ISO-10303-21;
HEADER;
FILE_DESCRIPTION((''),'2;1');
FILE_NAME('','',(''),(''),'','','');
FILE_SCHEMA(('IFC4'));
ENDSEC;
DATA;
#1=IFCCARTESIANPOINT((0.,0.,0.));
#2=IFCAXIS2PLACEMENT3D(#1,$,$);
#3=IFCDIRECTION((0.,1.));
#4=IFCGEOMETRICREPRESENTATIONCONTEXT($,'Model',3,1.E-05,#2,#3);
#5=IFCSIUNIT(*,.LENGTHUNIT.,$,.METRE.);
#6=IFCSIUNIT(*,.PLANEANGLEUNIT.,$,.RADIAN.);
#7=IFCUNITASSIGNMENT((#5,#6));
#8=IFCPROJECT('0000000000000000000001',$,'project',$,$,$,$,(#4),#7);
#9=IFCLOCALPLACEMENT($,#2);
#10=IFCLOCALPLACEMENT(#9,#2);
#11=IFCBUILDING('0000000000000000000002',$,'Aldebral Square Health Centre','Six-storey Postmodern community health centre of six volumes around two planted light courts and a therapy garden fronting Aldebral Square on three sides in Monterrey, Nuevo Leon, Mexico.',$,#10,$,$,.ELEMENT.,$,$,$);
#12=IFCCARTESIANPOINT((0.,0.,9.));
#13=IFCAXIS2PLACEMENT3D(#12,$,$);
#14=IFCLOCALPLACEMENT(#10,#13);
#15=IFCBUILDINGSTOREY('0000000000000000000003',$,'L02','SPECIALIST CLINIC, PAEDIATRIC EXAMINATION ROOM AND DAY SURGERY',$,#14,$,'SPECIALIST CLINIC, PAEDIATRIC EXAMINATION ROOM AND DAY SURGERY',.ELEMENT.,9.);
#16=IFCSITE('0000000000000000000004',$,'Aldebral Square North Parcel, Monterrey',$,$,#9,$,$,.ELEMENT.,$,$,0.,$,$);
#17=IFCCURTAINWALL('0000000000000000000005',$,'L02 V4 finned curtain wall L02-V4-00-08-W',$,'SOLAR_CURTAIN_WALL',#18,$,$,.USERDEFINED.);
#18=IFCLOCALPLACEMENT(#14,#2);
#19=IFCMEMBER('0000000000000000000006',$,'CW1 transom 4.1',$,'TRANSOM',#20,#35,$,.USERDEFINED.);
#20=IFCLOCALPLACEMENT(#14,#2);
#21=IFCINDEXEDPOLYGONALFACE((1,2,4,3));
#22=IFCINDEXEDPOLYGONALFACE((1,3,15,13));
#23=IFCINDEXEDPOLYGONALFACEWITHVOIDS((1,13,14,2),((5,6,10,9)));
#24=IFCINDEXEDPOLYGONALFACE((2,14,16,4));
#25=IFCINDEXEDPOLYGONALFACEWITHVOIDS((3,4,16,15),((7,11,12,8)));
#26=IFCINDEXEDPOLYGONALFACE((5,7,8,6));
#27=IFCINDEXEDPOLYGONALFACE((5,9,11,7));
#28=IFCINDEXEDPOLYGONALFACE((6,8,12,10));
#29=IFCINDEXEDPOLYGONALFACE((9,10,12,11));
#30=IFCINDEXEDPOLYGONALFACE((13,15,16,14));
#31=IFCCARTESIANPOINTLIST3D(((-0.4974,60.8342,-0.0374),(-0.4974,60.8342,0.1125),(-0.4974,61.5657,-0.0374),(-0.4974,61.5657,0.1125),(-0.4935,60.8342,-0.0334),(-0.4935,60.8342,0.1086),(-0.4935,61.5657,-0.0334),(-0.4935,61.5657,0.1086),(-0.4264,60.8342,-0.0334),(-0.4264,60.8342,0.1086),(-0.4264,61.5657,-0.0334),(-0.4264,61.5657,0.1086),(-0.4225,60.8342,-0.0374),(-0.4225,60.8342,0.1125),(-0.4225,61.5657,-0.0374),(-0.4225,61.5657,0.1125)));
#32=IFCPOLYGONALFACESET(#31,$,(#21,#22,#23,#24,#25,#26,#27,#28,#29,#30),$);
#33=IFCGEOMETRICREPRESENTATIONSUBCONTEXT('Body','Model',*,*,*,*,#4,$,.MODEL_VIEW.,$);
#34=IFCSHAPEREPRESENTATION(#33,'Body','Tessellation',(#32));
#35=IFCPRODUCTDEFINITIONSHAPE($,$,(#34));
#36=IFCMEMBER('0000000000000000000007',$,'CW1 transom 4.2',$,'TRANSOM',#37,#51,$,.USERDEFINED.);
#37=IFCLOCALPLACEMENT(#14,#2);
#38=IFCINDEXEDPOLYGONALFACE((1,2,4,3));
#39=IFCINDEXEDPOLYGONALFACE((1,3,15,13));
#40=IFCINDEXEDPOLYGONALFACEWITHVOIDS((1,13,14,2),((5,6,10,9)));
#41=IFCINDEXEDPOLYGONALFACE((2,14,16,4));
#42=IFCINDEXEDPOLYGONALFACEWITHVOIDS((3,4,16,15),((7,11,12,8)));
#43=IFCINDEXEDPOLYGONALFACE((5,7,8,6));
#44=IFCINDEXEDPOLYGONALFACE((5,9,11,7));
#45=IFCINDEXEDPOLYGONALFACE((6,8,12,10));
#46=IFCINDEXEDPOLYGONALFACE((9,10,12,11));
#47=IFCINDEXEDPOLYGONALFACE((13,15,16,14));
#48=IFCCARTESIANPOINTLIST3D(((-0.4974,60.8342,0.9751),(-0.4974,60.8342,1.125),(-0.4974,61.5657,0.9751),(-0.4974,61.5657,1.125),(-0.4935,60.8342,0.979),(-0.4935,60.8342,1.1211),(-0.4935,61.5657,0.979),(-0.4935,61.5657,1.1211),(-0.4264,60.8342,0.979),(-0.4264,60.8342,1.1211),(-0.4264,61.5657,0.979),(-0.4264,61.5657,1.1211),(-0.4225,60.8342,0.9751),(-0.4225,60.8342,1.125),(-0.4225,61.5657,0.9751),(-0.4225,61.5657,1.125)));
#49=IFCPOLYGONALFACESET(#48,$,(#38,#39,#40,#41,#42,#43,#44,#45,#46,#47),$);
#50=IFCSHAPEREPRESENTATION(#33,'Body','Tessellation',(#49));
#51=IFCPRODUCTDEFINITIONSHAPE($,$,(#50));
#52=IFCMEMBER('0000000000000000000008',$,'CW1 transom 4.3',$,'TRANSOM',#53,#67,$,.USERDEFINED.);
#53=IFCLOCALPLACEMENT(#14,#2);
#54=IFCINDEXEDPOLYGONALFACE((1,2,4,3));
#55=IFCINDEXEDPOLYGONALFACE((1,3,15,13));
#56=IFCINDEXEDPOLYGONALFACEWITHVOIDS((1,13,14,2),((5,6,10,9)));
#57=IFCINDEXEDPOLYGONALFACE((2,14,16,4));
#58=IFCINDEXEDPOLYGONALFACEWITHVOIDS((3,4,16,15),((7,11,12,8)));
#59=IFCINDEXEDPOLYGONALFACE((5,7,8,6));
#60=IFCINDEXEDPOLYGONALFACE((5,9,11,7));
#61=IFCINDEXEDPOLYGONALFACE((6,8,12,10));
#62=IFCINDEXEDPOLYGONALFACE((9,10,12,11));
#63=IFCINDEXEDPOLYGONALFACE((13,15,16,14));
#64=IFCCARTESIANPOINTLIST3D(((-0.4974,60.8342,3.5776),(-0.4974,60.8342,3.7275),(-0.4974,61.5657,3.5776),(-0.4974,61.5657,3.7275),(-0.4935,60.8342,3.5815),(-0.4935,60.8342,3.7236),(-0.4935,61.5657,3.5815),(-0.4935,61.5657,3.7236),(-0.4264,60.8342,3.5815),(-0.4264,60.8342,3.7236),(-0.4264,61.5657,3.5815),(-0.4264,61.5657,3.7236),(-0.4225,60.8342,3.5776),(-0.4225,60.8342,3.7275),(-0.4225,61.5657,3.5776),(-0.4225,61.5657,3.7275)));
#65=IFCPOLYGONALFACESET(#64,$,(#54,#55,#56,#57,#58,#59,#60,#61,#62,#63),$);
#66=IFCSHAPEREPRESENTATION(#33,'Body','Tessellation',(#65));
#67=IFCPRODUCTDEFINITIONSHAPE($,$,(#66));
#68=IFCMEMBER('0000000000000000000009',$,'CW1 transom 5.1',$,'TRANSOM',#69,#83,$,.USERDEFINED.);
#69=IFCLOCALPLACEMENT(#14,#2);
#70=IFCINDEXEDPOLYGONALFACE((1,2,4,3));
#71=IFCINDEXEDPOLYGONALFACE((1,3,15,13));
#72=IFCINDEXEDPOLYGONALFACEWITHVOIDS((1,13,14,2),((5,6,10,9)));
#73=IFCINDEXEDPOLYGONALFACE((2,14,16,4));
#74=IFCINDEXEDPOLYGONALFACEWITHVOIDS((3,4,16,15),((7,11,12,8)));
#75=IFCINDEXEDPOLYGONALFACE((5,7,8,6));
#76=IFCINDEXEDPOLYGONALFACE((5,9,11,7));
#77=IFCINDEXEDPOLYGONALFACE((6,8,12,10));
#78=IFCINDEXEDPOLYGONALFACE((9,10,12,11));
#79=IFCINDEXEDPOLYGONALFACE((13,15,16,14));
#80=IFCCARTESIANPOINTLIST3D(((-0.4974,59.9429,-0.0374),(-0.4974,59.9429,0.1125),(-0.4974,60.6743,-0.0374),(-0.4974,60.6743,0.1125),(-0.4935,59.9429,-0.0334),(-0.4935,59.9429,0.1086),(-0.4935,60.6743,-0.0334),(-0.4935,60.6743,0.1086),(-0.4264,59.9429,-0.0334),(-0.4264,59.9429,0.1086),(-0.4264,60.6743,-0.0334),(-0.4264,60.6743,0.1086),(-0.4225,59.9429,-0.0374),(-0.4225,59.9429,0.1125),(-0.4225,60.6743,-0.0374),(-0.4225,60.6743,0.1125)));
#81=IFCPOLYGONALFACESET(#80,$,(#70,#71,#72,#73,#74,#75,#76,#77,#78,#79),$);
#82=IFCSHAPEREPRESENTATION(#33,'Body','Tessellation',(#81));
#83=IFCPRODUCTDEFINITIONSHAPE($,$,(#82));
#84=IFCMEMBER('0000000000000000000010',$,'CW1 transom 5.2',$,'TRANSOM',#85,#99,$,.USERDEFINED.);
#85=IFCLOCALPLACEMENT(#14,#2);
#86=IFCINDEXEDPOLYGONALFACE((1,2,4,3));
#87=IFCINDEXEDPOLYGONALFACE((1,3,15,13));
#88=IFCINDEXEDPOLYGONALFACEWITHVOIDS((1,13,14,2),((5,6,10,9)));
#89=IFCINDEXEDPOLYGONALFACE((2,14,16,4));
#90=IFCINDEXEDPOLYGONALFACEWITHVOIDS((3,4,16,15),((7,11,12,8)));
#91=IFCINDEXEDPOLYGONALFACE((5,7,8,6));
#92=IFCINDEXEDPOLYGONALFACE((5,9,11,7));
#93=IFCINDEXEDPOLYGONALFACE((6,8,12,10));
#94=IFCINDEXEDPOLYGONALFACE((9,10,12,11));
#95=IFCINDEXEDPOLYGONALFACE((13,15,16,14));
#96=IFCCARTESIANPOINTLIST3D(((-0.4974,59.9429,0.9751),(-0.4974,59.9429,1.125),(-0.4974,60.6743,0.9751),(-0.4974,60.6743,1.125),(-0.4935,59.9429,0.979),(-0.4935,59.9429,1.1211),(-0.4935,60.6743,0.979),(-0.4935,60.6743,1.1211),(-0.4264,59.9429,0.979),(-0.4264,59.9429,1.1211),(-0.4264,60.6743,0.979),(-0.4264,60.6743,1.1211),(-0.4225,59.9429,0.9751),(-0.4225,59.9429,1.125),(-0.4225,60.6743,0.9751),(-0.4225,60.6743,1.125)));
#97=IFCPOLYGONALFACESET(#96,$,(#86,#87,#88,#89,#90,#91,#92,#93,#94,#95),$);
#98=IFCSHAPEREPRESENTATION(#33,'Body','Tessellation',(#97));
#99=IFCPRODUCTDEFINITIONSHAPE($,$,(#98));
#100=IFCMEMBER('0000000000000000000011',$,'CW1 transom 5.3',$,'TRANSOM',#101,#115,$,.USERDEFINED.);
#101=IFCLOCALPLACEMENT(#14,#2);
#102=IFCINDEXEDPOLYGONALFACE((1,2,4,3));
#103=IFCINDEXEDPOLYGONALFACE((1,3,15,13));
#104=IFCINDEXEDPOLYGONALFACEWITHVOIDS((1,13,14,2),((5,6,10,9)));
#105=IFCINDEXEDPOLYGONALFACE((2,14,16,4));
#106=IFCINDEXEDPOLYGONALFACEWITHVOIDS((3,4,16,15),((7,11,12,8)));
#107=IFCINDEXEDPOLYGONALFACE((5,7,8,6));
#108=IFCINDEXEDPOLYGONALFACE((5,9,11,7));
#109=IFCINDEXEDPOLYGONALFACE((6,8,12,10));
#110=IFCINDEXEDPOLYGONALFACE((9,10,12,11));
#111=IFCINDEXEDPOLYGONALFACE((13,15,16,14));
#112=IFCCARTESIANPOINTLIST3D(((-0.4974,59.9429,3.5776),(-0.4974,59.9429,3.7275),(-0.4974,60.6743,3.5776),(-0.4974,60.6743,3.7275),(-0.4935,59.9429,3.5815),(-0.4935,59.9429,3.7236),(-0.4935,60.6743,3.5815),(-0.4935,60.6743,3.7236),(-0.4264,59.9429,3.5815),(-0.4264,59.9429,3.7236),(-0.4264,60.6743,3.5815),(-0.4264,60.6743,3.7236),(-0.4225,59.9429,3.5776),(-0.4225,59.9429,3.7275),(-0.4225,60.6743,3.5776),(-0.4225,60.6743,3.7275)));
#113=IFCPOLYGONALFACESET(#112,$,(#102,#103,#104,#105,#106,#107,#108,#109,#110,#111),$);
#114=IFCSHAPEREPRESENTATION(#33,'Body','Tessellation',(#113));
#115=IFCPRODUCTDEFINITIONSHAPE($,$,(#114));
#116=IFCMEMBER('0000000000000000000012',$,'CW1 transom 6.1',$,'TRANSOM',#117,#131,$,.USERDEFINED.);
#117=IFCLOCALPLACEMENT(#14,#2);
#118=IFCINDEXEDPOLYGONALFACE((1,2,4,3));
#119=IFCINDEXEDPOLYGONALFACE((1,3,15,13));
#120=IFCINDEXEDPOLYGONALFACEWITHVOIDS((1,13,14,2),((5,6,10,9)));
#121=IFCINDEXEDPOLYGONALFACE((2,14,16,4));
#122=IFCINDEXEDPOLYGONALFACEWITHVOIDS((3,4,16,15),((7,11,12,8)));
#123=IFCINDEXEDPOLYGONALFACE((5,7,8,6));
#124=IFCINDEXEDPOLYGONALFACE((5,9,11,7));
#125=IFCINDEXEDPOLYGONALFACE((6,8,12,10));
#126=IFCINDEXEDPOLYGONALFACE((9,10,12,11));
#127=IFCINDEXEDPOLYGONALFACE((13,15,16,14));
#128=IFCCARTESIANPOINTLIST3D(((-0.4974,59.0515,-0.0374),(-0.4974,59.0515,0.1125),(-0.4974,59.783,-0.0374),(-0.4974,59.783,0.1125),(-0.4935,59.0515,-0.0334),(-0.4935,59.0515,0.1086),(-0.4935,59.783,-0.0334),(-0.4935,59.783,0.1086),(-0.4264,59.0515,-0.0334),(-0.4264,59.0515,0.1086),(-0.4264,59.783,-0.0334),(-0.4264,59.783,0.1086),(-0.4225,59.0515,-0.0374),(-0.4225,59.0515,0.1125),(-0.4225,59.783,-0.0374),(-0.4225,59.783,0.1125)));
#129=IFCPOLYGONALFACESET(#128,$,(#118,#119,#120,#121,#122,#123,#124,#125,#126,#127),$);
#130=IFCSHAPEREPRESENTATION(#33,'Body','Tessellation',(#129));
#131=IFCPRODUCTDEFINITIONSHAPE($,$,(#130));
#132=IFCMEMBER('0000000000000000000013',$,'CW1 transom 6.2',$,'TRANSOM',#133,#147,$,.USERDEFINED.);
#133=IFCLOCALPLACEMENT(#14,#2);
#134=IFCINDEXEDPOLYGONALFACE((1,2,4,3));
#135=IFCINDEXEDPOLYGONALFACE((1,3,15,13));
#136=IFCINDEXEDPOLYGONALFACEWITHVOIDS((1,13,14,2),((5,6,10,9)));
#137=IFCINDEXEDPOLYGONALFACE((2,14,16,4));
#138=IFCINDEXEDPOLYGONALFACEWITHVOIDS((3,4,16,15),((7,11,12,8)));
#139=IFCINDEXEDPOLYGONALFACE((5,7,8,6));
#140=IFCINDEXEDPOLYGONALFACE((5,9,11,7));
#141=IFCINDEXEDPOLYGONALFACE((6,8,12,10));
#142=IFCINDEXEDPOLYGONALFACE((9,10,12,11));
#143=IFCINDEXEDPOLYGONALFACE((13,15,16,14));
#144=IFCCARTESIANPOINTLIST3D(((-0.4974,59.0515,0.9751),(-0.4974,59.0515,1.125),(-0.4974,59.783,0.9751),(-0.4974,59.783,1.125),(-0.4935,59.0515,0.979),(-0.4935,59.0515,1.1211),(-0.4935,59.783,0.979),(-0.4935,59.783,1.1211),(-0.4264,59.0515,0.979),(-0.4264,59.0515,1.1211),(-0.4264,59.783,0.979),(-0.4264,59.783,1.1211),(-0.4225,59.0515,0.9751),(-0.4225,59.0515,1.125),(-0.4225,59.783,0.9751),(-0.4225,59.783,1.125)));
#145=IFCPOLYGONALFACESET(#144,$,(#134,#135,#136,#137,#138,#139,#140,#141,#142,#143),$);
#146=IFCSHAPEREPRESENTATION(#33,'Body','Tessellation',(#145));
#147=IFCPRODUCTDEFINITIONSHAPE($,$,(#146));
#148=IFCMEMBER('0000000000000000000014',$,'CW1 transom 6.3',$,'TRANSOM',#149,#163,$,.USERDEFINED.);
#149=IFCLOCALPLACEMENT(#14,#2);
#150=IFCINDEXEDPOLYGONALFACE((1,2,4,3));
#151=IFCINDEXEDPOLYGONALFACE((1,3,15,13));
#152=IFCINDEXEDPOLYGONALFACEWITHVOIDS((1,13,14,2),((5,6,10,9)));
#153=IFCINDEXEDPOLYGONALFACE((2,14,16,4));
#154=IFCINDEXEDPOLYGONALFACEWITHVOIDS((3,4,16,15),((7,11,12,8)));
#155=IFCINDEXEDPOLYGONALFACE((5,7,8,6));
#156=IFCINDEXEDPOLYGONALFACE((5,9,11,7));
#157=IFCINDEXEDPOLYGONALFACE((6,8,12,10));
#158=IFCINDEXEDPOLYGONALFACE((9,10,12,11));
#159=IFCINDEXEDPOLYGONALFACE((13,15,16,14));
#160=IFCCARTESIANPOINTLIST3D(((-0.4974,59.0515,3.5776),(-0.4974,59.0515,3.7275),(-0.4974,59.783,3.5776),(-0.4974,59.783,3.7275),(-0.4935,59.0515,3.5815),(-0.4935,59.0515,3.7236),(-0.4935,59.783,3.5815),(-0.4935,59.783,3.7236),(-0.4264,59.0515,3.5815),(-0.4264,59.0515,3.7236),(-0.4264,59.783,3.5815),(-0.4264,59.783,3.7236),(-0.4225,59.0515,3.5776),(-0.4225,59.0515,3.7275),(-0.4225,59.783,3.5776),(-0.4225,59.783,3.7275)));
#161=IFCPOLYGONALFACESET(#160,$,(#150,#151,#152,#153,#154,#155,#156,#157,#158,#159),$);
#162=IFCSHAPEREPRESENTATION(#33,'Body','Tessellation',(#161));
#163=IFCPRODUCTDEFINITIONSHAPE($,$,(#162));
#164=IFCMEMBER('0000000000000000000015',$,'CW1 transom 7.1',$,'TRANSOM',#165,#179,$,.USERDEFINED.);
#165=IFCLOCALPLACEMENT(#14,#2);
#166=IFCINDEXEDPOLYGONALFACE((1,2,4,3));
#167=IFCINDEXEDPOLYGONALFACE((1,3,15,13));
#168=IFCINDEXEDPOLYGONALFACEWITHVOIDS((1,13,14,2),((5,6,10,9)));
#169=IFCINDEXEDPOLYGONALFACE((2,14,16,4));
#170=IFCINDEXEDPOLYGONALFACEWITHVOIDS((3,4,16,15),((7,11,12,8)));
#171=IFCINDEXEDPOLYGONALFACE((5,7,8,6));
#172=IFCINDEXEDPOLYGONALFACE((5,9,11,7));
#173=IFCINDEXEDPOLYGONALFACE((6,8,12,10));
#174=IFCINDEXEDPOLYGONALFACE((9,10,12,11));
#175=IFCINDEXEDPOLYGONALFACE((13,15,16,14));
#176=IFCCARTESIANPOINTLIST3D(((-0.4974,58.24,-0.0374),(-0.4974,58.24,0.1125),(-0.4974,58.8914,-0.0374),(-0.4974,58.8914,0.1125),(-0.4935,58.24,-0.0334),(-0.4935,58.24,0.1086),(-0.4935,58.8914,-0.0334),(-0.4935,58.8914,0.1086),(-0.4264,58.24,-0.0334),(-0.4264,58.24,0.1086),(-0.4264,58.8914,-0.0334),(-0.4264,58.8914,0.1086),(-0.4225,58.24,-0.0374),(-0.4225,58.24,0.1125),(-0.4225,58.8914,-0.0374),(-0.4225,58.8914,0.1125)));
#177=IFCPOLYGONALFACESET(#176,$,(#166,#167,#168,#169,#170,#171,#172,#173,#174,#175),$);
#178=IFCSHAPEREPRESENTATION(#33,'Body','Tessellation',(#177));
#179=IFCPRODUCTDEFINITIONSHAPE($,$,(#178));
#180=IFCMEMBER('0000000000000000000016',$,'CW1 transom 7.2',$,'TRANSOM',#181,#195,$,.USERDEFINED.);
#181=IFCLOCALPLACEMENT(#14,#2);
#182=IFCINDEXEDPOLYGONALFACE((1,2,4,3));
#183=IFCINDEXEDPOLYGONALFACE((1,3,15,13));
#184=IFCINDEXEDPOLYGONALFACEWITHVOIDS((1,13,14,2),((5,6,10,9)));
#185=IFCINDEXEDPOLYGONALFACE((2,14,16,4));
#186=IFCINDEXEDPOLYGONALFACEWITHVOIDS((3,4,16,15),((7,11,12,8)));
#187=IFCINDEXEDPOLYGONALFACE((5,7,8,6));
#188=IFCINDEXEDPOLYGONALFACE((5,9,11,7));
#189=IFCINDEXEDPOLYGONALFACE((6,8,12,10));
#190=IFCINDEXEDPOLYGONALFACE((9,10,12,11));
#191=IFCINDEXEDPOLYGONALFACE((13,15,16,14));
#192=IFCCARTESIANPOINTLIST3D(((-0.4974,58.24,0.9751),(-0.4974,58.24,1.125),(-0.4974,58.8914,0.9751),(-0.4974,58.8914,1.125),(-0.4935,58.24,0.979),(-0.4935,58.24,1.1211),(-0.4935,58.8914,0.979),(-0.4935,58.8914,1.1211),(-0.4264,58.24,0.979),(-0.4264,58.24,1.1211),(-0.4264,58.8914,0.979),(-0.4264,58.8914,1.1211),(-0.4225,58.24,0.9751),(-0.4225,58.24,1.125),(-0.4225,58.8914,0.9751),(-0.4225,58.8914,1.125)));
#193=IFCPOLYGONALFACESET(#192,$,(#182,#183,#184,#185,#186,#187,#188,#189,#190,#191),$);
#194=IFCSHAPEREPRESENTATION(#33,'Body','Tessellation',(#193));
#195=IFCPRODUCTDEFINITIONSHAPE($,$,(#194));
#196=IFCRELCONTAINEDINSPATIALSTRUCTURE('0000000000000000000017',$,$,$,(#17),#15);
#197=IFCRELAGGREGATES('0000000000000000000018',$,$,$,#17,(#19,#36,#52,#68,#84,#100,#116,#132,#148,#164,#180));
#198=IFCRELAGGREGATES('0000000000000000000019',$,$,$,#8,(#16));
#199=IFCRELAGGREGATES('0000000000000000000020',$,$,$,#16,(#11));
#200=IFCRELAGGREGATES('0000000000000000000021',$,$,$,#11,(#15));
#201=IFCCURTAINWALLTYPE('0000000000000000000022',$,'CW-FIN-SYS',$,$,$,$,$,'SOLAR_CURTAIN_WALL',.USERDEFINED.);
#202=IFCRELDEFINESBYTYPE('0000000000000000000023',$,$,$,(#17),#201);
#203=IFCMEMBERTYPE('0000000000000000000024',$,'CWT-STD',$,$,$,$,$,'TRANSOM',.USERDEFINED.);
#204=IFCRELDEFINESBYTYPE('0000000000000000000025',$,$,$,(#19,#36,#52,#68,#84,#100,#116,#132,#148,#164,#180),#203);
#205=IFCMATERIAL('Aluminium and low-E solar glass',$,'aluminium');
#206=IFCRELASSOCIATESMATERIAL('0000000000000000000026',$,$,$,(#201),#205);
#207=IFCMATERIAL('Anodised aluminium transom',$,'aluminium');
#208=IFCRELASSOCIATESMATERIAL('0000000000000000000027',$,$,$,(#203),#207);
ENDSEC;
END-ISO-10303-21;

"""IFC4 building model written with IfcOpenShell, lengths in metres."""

from ifc_helpers import new_model, si_unit, direction, frame, origin, origin_2d, place, context, subcontext, project, spatial, hollow_rectangle, extrude, material, material_profile, profile_set, type_object, element, aggregate, save


model = new_model("IFC4")

# Units and contexts
model_context = context("Model", 3, precision=1e-05, world=origin(), true_north=direction((0.0, 1.0)))
body_context = subcontext(model_context, "Body", "Model", "MODEL_VIEW")
ifc_project = project(units=[si_unit("LENGTHUNIT", "METRE"), si_unit("PLANEANGLEUNIT", "RADIAN")], contexts=[model_context])

# Site, building, storey
site_placement = place(None, origin())
site = spatial("IfcSite", under=ifc_project, at=site_placement, Name="Aldebral Square North Parcel, Monterrey", CompositionType="ELEMENT", RefElevation=0.0)
building_placement = place(site_placement, origin())
building = spatial("IfcBuilding", under=site, at=building_placement, Name="Aldebral Square Health Centre", Description="Six-storey Postmodern community health centre of six volumes around two planted light courts and a therapy garden fronting Aldebral Square on three sides in Monterrey, Nuevo Leon, Mexico.", CompositionType="ELEMENT")
storey_placement = place(building_placement, frame((0.0, 0.0, 9.0)))
storey = spatial("IfcBuildingStorey", under=building, at=storey_placement, Name="L02", Description="SPECIALIST CLINIC, PAEDIATRIC EXAMINATION ROOM AND DAY SURGERY", LongName="SPECIALIST CLINIC, PAEDIATRIC EXAMINATION ROOM AND DAY SURGERY", CompositionType="ELEMENT", Elevation=9.0)

# Curtain wall
ifc_material_1 = material(Name="Aluminium and low-E solar glass", Category="aluminium")
curtain_wall_type = type_object("IfcCurtainWallType", Name="CW-FIN-SYS", ElementType="SOLAR_CURTAIN_WALL", PredefinedType="USERDEFINED", material=ifc_material_1)
curtain_wall_1_placement = place(storey_placement, origin())
curtain_wall_1 = element("IfcCurtainWall", 1, at=curtain_wall_1_placement, inside=storey, type_object=curtain_wall_type, Name="L02 V4 finned curtain wall L02-V4-00-08-W", ObjectType="SOLAR_CURTAIN_WALL", PredefinedType="USERDEFINED")

# Members
ifc_material_2 = material(Name="Anodised aluminium transom", Category="aluminium")
ifc_material_profile_1 = material_profile(ifc_material_2, hollow_rectangle(XDim=0.075, YDim=0.1499, WallThickness=0.0039, at=origin_2d()), Name="CWT 75x150x4")
ifc_profile_set_1 = profile_set([ifc_material_profile_1], Name="Anodised aluminium transom")
member_type_1 = type_object("IfcMemberType", Name="CWT-STD", ElementType="TRANSOM", PredefinedType="USERDEFINED", material=ifc_profile_set_1)
member_1_placement = place(storey_placement, frame((-0.46, 61.5657, 0.0376), z_axis=(0.0, -1.0, 0.0), x_axis=(1.0, 0.0, 0.0)))
member_1 = element("IfcMember", 2, at=member_1_placement, type_object=member_type_1, Name="CW1 transom 4.1", ObjectType="TRANSOM", PredefinedType="USERDEFINED", context=body_context, shape_type="SweptSolid", body=[
    extrude(hollow_rectangle(XDim=0.075, YDim=0.1499, WallThickness=0.0039, at=origin_2d()), origin(), (0.0, 0.0, 1.0), 0.7314),
])
member_2_placement = place(storey_placement, frame((-0.46, 61.5657, 1.05), z_axis=(0.0, -1.0, 0.0), x_axis=(1.0, 0.0, 0.0)))
member_2 = element("IfcMember", 3, at=member_2_placement, type_object=member_type_1, Name="CW1 transom 4.2", ObjectType="TRANSOM", PredefinedType="USERDEFINED", context=body_context, shape_type="SweptSolid", body=[
    extrude(hollow_rectangle(XDim=0.075, YDim=0.1499, WallThickness=0.0039, at=origin_2d()), origin(), (0.0, 0.0, 1.0), 0.7314),
])
member_3_placement = place(storey_placement, frame((-0.46, 61.5657, 3.6526), z_axis=(0.0, -1.0, 0.0), x_axis=(1.0, 0.0, 0.0)))
member_3 = element("IfcMember", 4, at=member_3_placement, type_object=member_type_1, Name="CW1 transom 4.3", ObjectType="TRANSOM", PredefinedType="USERDEFINED", context=body_context, shape_type="SweptSolid", body=[
    extrude(hollow_rectangle(XDim=0.075, YDim=0.1499, WallThickness=0.0039, at=origin_2d()), origin(), (0.0, 0.0, 1.0), 0.7314),
])
member_4_placement = place(storey_placement, frame((-0.46, 60.6743, 0.0376), z_axis=(0.0, -1.0, 0.0), x_axis=(1.0, 0.0, 0.0)))
member_4 = element("IfcMember", 5, at=member_4_placement, type_object=member_type_1, Name="CW1 transom 5.1", ObjectType="TRANSOM", PredefinedType="USERDEFINED", context=body_context, shape_type="SweptSolid", body=[
    extrude(hollow_rectangle(XDim=0.075, YDim=0.1499, WallThickness=0.0039, at=origin_2d()), origin(), (0.0, 0.0, 1.0), 0.7314),
])
member_5_placement = place(storey_placement, frame((-0.46, 60.6743, 1.05), z_axis=(0.0, -1.0, 0.0), x_axis=(1.0, 0.0, 0.0)))
member_5 = element("IfcMember", 6, at=member_5_placement, type_object=member_type_1, Name="CW1 transom 5.2", ObjectType="TRANSOM", PredefinedType="USERDEFINED", context=body_context, shape_type="SweptSolid", body=[
    extrude(hollow_rectangle(XDim=0.075, YDim=0.1499, WallThickness=0.0039, at=origin_2d()), origin(), (0.0, 0.0, 1.0), 0.7314),
])
member_6_placement = place(storey_placement, frame((-0.46, 60.6743, 3.6526), z_axis=(0.0, -1.0, 0.0), x_axis=(1.0, 0.0, 0.0)))
member_6 = element("IfcMember", 7, at=member_6_placement, type_object=member_type_1, Name="CW1 transom 5.3", ObjectType="TRANSOM", PredefinedType="USERDEFINED", context=body_context, shape_type="SweptSolid", body=[
    extrude(hollow_rectangle(XDim=0.075, YDim=0.1499, WallThickness=0.0039, at=origin_2d()), origin(), (0.0, 0.0, 1.0), 0.7314),
])
member_7_placement = place(storey_placement, frame((-0.46, 59.783, 0.0376), z_axis=(0.0, -1.0, 0.0), x_axis=(1.0, 0.0, 0.0)))
member_7 = element("IfcMember", 8, at=member_7_placement, type_object=member_type_1, Name="CW1 transom 6.1", ObjectType="TRANSOM", PredefinedType="USERDEFINED", context=body_context, shape_type="SweptSolid", body=[
    extrude(hollow_rectangle(XDim=0.075, YDim=0.1499, WallThickness=0.0039, at=origin_2d()), origin(), (0.0, 0.0, 1.0), 0.7314),
])
member_8_placement = place(storey_placement, frame((-0.46, 59.783, 1.05), z_axis=(0.0, -1.0, 0.0), x_axis=(1.0, 0.0, 0.0)))
member_8 = element("IfcMember", 9, at=member_8_placement, type_object=member_type_1, Name="CW1 transom 6.2", ObjectType="TRANSOM", PredefinedType="USERDEFINED", context=body_context, shape_type="SweptSolid", body=[
    extrude(hollow_rectangle(XDim=0.075, YDim=0.1499, WallThickness=0.0039, at=origin_2d()), origin(), (0.0, 0.0, 1.0), 0.7314),
])
member_9_placement = place(storey_placement, frame((-0.46, 59.783, 3.6526), z_axis=(0.0, -1.0, 0.0), x_axis=(1.0, 0.0, 0.0)))
member_9 = element("IfcMember", 10, at=member_9_placement, type_object=member_type_1, Name="CW1 transom 6.3", ObjectType="TRANSOM", PredefinedType="USERDEFINED", context=body_context, shape_type="SweptSolid", body=[
    extrude(hollow_rectangle(XDim=0.075, YDim=0.1499, WallThickness=0.0039, at=origin_2d()), origin(), (0.0, 0.0, 1.0), 0.7314),
])
member_10_placement = place(storey_placement, frame((-0.46, 58.8914, 0.0376), z_axis=(0.0, -1.0, 0.0), x_axis=(1.0, 0.0, 0.0)))
member_10 = element("IfcMember", 11, at=member_10_placement, type_object=member_type_1, Name="CW1 transom 7.1", ObjectType="TRANSOM", PredefinedType="USERDEFINED", context=body_context, shape_type="SweptSolid", body=[
    extrude(hollow_rectangle(XDim=0.075, YDim=0.1499, WallThickness=0.0039, at=origin_2d()), origin(), (0.0, 0.0, 1.0), 0.6514),
])
member_11_placement = place(storey_placement, frame((-0.46, 58.8914, 1.05), z_axis=(0.0, -1.0, 0.0), x_axis=(1.0, 0.0, 0.0)))
member_11 = element("IfcMember", 12, at=member_11_placement, type_object=member_type_1, Name="CW1 transom 7.2", ObjectType="TRANSOM", PredefinedType="USERDEFINED", context=body_context, shape_type="SweptSolid", body=[
    extrude(hollow_rectangle(XDim=0.075, YDim=0.1499, WallThickness=0.0039, at=origin_2d()), origin(), (0.0, 0.0, 1.0), 0.6514),
])

aggregate(curtain_wall_1, [member_1, member_2, member_3, member_4, member_5, member_6, member_7, member_8, member_9, member_10, member_11])

save(model, "model.ifc")
